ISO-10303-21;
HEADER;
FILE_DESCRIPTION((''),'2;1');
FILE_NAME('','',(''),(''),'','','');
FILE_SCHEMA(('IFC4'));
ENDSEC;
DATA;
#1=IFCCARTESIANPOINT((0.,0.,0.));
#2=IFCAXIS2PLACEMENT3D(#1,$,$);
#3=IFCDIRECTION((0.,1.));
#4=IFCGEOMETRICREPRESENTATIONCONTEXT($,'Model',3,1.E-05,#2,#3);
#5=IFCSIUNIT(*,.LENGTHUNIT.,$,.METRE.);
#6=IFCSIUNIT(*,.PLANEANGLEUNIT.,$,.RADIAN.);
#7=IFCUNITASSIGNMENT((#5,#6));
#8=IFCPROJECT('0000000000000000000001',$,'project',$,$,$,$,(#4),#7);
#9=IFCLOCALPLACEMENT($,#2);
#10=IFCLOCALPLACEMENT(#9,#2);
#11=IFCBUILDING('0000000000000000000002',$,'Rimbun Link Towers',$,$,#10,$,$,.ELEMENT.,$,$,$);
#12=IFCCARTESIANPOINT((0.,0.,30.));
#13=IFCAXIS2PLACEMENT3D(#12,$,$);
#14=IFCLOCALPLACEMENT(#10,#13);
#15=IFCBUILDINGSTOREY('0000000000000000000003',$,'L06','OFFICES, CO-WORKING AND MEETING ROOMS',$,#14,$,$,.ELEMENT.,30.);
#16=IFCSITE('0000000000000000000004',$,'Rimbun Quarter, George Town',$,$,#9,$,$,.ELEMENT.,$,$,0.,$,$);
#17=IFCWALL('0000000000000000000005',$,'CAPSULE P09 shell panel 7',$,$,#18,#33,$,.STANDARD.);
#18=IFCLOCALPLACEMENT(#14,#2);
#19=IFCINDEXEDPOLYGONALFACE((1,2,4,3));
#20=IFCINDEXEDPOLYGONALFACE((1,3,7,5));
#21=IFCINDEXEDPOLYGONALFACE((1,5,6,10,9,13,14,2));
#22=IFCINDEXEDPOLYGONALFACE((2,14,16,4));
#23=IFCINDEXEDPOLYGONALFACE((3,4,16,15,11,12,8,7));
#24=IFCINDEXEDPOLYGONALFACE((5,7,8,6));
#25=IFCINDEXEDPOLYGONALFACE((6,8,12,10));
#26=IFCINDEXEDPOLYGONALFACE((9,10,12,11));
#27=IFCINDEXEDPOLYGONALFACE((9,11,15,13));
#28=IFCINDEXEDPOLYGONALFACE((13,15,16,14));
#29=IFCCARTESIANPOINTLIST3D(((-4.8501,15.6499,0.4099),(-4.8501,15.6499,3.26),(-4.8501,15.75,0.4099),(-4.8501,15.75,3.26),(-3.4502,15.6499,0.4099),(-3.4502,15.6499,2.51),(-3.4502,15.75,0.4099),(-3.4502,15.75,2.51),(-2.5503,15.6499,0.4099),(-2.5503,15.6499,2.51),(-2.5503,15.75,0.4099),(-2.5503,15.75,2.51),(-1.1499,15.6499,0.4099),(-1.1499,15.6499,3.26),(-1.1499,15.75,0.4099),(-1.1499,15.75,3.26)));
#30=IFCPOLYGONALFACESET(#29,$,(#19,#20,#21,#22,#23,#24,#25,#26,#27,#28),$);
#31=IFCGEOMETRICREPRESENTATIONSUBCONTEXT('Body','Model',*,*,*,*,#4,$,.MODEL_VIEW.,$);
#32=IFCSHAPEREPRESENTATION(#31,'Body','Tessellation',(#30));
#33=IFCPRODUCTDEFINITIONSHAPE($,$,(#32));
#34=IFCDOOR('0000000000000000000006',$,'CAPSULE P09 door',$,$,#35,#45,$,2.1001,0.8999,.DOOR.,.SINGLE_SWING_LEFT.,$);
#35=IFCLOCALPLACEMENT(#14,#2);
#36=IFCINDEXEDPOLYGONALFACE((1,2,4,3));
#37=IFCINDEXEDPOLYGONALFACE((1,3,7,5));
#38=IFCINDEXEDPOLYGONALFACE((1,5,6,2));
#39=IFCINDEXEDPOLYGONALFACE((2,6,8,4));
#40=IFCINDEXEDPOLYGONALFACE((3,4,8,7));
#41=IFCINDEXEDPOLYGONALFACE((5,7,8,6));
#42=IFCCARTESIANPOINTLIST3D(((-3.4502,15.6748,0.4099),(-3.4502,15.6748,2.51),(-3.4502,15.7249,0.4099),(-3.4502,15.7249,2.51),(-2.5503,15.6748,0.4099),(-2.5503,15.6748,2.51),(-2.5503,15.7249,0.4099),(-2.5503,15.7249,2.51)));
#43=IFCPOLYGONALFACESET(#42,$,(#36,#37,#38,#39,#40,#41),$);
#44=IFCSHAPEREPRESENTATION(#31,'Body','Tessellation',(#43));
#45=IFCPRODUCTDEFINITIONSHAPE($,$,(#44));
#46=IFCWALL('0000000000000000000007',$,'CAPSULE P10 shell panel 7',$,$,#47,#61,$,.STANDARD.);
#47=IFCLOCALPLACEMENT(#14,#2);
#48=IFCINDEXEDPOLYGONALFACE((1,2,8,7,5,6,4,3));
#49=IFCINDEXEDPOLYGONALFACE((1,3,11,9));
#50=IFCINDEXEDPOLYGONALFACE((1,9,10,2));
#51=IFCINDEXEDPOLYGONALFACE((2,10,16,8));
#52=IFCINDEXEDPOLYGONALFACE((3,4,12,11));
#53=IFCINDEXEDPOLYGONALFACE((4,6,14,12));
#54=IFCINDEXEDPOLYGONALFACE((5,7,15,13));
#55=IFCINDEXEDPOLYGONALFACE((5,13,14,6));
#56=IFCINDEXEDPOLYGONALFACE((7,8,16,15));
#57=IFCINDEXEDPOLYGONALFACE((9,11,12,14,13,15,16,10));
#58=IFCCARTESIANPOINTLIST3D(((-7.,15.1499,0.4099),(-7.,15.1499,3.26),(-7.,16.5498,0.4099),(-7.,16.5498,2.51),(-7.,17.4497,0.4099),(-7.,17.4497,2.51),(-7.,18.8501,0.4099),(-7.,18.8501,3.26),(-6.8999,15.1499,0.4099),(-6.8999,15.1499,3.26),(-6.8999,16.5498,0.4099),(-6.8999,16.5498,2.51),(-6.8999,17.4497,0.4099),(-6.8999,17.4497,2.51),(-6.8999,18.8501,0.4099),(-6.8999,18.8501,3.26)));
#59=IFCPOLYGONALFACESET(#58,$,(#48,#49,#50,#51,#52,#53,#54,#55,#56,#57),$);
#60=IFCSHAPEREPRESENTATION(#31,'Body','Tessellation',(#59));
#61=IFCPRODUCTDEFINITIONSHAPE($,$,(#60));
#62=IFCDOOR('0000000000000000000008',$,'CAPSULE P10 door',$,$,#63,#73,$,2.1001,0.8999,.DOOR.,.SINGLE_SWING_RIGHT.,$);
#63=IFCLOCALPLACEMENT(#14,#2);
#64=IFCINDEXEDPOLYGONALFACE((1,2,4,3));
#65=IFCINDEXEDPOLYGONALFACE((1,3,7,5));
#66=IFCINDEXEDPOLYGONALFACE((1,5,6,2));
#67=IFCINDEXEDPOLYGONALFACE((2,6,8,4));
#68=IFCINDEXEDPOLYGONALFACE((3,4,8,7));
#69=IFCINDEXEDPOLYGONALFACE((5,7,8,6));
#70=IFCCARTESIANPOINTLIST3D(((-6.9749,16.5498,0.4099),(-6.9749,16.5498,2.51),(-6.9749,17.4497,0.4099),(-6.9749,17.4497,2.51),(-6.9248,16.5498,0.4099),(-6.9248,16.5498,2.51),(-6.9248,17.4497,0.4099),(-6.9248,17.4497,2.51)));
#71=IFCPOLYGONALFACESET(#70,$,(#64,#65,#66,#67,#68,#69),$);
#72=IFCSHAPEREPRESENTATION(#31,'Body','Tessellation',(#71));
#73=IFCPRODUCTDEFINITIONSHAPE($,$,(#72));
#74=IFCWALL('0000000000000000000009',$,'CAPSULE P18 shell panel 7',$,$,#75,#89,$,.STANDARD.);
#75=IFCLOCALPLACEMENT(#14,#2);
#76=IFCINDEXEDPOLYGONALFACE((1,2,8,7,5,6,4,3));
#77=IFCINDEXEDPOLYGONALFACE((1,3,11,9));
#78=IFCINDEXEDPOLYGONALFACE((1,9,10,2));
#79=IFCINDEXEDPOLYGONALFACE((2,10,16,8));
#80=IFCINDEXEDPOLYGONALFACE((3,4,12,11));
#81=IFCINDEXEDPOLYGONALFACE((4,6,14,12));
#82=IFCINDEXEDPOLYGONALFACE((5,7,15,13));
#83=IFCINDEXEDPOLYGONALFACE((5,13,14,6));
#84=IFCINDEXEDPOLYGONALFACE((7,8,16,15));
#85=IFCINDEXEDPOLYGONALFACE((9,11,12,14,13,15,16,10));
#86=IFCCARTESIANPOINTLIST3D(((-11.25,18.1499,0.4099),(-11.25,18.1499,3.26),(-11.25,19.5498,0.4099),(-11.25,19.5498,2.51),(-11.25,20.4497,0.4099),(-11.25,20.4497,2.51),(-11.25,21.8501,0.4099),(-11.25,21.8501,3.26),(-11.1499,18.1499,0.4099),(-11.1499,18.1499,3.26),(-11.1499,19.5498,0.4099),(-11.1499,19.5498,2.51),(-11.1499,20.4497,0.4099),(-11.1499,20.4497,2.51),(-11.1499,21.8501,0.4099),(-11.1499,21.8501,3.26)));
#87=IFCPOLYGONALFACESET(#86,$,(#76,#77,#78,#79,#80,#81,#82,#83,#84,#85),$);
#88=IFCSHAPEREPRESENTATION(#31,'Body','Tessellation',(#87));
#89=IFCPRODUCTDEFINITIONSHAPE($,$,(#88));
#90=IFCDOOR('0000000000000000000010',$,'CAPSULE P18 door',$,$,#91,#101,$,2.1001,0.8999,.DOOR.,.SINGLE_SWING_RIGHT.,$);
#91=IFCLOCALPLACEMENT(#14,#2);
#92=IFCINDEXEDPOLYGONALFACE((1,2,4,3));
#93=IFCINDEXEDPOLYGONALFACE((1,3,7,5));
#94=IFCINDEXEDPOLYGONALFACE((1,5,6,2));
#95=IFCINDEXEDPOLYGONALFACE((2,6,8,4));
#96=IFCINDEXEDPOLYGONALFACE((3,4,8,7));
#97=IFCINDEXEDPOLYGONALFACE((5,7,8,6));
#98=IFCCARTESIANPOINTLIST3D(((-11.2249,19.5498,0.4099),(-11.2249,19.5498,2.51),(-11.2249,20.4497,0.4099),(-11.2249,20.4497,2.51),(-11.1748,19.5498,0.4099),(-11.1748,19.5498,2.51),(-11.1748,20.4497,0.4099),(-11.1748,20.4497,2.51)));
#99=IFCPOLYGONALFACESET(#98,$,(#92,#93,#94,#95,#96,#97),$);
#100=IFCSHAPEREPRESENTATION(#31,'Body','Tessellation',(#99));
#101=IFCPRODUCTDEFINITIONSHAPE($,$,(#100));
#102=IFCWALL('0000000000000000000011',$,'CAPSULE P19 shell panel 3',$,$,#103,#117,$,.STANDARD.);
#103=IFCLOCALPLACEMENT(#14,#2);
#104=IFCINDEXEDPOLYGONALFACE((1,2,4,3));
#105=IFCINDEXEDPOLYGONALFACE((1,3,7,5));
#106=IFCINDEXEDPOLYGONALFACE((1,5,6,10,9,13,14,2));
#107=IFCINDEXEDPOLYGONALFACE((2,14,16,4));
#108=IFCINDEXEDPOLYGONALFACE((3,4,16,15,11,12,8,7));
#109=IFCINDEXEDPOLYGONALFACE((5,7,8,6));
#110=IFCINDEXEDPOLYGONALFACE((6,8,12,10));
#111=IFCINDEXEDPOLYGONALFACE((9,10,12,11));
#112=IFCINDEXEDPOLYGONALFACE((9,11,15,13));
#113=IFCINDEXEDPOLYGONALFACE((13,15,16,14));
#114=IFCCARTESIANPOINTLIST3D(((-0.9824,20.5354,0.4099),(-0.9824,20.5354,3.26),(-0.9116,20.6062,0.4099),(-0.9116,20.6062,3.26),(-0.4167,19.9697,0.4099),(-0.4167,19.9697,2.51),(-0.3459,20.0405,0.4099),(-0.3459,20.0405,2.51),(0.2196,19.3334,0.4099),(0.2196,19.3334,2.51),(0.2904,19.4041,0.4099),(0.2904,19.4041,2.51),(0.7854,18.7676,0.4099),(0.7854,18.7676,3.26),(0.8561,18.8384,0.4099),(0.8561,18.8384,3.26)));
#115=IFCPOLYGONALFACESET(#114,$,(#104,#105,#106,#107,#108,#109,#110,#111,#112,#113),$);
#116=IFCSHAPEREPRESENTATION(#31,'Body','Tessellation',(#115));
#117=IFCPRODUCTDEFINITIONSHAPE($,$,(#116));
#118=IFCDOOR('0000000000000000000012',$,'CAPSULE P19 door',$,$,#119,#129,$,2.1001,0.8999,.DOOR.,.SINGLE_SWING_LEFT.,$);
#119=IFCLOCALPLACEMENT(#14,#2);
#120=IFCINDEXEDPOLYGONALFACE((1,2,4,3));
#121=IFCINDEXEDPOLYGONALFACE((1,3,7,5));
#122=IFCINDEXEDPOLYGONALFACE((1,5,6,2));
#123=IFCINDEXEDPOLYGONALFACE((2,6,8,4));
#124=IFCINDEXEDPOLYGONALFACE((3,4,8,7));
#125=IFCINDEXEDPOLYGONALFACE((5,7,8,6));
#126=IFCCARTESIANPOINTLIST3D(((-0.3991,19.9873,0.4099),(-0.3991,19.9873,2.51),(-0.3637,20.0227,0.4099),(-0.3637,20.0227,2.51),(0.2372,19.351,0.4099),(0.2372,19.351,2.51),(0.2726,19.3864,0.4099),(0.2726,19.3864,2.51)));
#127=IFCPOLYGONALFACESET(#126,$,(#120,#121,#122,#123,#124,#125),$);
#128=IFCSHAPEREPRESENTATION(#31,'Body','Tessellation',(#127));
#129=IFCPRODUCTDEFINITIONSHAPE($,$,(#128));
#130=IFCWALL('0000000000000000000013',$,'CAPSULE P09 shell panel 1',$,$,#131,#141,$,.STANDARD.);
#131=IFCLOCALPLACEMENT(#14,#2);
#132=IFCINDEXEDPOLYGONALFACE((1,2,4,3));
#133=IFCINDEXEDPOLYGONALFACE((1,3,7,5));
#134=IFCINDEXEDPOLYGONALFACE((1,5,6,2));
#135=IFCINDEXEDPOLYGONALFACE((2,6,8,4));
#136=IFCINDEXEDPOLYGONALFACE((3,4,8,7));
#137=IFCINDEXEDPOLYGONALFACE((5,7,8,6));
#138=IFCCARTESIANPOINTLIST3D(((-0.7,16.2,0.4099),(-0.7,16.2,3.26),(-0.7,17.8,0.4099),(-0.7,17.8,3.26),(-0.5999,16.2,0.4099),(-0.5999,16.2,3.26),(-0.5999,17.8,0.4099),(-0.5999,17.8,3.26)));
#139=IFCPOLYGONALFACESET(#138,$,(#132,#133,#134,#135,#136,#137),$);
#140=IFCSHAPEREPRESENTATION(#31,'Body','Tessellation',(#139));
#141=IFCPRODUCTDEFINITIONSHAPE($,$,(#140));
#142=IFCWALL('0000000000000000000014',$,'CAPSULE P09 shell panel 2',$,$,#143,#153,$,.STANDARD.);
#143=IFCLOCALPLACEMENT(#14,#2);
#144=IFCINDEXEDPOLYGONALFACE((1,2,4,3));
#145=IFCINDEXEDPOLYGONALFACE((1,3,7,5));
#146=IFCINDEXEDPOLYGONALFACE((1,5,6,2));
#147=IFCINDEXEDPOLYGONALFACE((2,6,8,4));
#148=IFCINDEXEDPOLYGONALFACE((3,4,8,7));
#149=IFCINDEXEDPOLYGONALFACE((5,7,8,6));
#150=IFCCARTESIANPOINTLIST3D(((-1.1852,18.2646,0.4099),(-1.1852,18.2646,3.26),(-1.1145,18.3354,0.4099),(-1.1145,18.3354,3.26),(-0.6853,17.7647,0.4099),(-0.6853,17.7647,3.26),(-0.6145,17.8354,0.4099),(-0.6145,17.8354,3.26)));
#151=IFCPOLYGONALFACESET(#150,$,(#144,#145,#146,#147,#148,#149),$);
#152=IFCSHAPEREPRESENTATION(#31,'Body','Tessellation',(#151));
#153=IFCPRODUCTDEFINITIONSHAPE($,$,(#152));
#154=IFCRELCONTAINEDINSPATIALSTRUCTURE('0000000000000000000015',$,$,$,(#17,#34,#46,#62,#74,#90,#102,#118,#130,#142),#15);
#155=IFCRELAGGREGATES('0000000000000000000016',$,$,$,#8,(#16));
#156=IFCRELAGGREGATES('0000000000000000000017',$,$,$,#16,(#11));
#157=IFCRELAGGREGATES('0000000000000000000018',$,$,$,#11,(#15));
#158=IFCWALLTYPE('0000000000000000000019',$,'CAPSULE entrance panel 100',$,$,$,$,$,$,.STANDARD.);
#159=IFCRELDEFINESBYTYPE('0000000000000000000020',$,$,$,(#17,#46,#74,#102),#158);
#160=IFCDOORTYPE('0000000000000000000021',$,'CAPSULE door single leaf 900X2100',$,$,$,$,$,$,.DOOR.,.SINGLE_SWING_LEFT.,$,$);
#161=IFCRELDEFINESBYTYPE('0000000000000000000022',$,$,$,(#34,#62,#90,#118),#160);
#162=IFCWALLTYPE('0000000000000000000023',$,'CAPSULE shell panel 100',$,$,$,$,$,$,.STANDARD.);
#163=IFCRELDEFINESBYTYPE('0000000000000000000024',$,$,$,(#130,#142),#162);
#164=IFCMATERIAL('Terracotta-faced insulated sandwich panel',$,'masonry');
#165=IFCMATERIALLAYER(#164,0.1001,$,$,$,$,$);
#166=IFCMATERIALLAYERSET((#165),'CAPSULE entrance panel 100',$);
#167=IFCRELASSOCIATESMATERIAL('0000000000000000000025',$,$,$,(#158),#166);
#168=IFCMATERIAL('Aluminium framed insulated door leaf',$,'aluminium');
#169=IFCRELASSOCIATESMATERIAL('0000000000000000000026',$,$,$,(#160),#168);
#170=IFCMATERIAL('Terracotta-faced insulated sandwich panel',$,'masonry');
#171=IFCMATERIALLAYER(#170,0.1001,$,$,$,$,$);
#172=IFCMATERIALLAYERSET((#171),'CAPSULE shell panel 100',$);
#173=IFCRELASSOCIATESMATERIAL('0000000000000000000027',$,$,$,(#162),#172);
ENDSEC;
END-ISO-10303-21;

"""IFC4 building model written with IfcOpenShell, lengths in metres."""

from ifc_helpers import new_model, si_unit, direction, frame, frame_2d, origin, place, context, subcontext, project, spatial, rectangle, extrude, material, layer, layer_set, type_object, element, fill, save


model = new_model("IFC4")

# Units and contexts
model_context = context("Model", 3, precision=1e-05, world=origin(), true_north=direction((0.0, 1.0)))
body_context = subcontext(model_context, "Body", "Model", "MODEL_VIEW")
ifc_project = project(units=[si_unit("LENGTHUNIT", "METRE"), si_unit("PLANEANGLEUNIT", "RADIAN")], contexts=[model_context])

# Site, building, storey
site_placement = place(None, origin())
site = spatial("IfcSite", under=ifc_project, at=site_placement, Name="Rimbun Quarter, George Town", CompositionType="ELEMENT", RefElevation=0.0)
building_placement = place(site_placement, origin())
building = spatial("IfcBuilding", under=site, at=building_placement, Name="Rimbun Link Towers", CompositionType="ELEMENT")
storey_placement = place(building_placement, frame((0.0, 0.0, 30.0)))
storey = spatial("IfcBuildingStorey", under=building, at=storey_placement, Name="L06", Description="OFFICES, CO-WORKING AND MEETING ROOMS", CompositionType="ELEMENT", Elevation=30.0)

# Walls, openings, doors
ifc_material_1 = material(Name="Terracotta-faced insulated sandwich panel", Category="masonry")
ifc_layer_1 = layer(ifc_material_1, 0.1001)
ifc_layer_set_1 = layer_set([ifc_layer_1], Name="CAPSULE entrance panel 100")
wall_type_1 = type_object("IfcWallType", Name="CAPSULE entrance panel 100", PredefinedType="STANDARD", material=ifc_layer_set_1)
wall_1_placement = place(storey_placement, frame((-4.8501, 15.7, 0.4099), z_axis=(0.0, 0.0, 1.0), x_axis=(1.0, 0.0, 0.0)))
wall_1 = element("IfcWall", 1, at=wall_1_placement, inside=storey, type_object=wall_type_1, Name="CAPSULE P09 shell panel 7", PredefinedType="STANDARD", context=body_context, shape_type="SweptSolid", body=[
    extrude(rectangle(XDim=3.7002, YDim=0.1001, at=frame_2d((1.8501, 0.0))), origin(), (0.0, 0.0, 1.0), 2.8501),
])
opening_1_placement = place(wall_1_placement, frame((1.3999, 0.0, 0.0)))
opening_1 = element("IfcOpeningElement", 2, at=opening_1_placement, cuts=wall_1, PredefinedType="OPENING", context=body_context, shape_type="SweptSolid", body=[
    extrude(rectangle(XDim=0.8999, YDim=2.1001, at=frame_2d((0.45, 1.05))), frame((0.0, 0.0601, 0.0), z_axis=(0.0, -1.0, 0.0), x_axis=(1.0, 0.0, 0.0)), (0.0, 0.0, 1.0), 0.1201),
])
ifc_material_2 = material(Name="Aluminium framed insulated door leaf", Category="aluminium")
door_type = type_object("IfcDoorType", Name="CAPSULE door single leaf 900X2100", OperationType="SINGLE_SWING_LEFT", PredefinedType="DOOR", material=ifc_material_2)
door_1_placement = place(opening_1_placement, origin())
door_1 = element("IfcDoor", 3, at=door_1_placement, inside=storey, type_object=door_type, Name="CAPSULE P09 door", OperationType="SINGLE_SWING_LEFT", OverallHeight=2.1001, OverallWidth=0.8999, PredefinedType="DOOR", context=body_context, shape_type="SweptSolid", body=[
    extrude(rectangle(XDim=0.8999, YDim=2.1001, at=frame_2d((0.45, 1.05))), frame((0.0, 0.0249, 0.0), z_axis=(0.0, -1.0, 0.0), x_axis=(1.0, 0.0, 0.0)), (0.0, 0.0, 1.0), 0.05),
])
fill(opening_1, door_1)
wall_2_placement = place(storey_placement, frame((-6.95, 15.1499, 0.4099), z_axis=(0.0, 0.0, 1.0), x_axis=(0.0, 1.0, 0.0)))
wall_2 = element("IfcWall", 4, at=wall_2_placement, inside=storey, type_object=wall_type_1, Name="CAPSULE P10 shell panel 7", PredefinedType="STANDARD", context=body_context, shape_type="SweptSolid", body=[
    extrude(rectangle(XDim=3.7002, YDim=0.1001, at=frame_2d((1.8501, 0.0))), origin(), (0.0, 0.0, 1.0), 2.8501),
])
opening_2_placement = place(wall_2_placement, frame((1.3999, 0.0, 0.0)))
opening_2 = element("IfcOpeningElement", 5, at=opening_2_placement, cuts=wall_2, PredefinedType="OPENING", context=body_context, shape_type="SweptSolid", body=[
    extrude(rectangle(XDim=0.8999, YDim=2.1001, at=frame_2d((0.45, 1.05))), frame((0.0, 0.0601, 0.0), z_axis=(0.0, -1.0, 0.0), x_axis=(1.0, 0.0, 0.0)), (0.0, 0.0, 1.0), 0.1201),
])
door_2_placement = place(opening_2_placement, origin())
door_2 = element("IfcDoor", 6, at=door_2_placement, inside=storey, type_object=door_type, Name="CAPSULE P10 door", OperationType="SINGLE_SWING_RIGHT", OverallHeight=2.1001, OverallWidth=0.8999, PredefinedType="DOOR", context=body_context, shape_type="SweptSolid", body=[
    extrude(rectangle(XDim=0.8999, YDim=2.1001, at=frame_2d((0.45, 1.05))), frame((0.0, 0.0249, 0.0), z_axis=(0.0, -1.0, 0.0), x_axis=(1.0, 0.0, 0.0)), (0.0, 0.0, 1.0), 0.05),
])
fill(opening_2, door_2)
wall_3_placement = place(storey_placement, frame((-11.2, 18.1499, 0.4099), z_axis=(0.0, 0.0, 1.0), x_axis=(0.0, 1.0, 0.0)))
wall_3 = element("IfcWall", 7, at=wall_3_placement, inside=storey, type_object=wall_type_1, Name="CAPSULE P18 shell panel 7", PredefinedType="STANDARD", context=body_context, shape_type="SweptSolid", body=[
    extrude(rectangle(XDim=3.7002, YDim=0.1001, at=frame_2d((1.8501, 0.0))), origin(), (0.0, 0.0, 1.0), 2.8501),
])
opening_3_placement = place(wall_3_placement, frame((1.3999, 0.0, 0.0)))
opening_3 = element("IfcOpeningElement", 8, at=opening_3_placement, cuts=wall_3, PredefinedType="OPENING", context=body_context, shape_type="SweptSolid", body=[
    extrude(rectangle(XDim=0.8999, YDim=2.1001, at=frame_2d((0.45, 1.05))), frame((0.0, 0.0601, 0.0), z_axis=(0.0, -1.0, 0.0), x_axis=(1.0, 0.0, 0.0)), (0.0, 0.0, 1.0), 0.1201),
])
door_3_placement = place(opening_3_placement, origin())
door_3 = element("IfcDoor", 9, at=door_3_placement, inside=storey, type_object=door_type, Name="CAPSULE P18 door", OperationType="SINGLE_SWING_RIGHT", OverallHeight=2.1001, OverallWidth=0.8999, PredefinedType="DOOR", context=body_context, shape_type="SweptSolid", body=[
    extrude(rectangle(XDim=0.8999, YDim=2.1001, at=frame_2d((0.45, 1.05))), frame((0.0, 0.0249, 0.0), z_axis=(0.0, -1.0, 0.0), x_axis=(1.0, 0.0, 0.0)), (0.0, 0.0, 1.0), 0.05),
])
fill(opening_3, door_3)
wall_4_placement = place(storey_placement, frame((-0.947, 20.5708, 0.4099), z_axis=(0.0, 0.0, 1.0), x_axis=(0.707107, -0.707107, 0.0)))
wall_4 = element("IfcWall", 10, at=wall_4_placement, inside=storey, type_object=wall_type_1, Name="CAPSULE P19 shell panel 3", PredefinedType="STANDARD", context=body_context, shape_type="SweptSolid", body=[
    extrude(rectangle(XDim=2.5, YDim=0.1001, at=frame_2d((1.25, 0.0))), origin(), (0.0, 0.0, 1.0), 2.8501),
])
opening_4_placement = place(wall_4_placement, frame((0.8, 0.0, 0.0)))
opening_4 = element("IfcOpeningElement", 11, at=opening_4_placement, cuts=wall_4, PredefinedType="OPENING", context=body_context, shape_type="SweptSolid", body=[
    extrude(rectangle(XDim=0.8999, YDim=2.1001, at=frame_2d((0.45, 1.05))), frame((0.0, 0.0601, 0.0), z_axis=(0.0, -1.0, 0.0), x_axis=(1.0, 0.0, 0.0)), (0.0, 0.0, 1.0), 0.1201),
])
door_4_placement = place(opening_4_placement, origin())
door_4 = element("IfcDoor", 12, at=door_4_placement, inside=storey, type_object=door_type, Name="CAPSULE P19 door", OperationType="SINGLE_SWING_LEFT", OverallHeight=2.1001, OverallWidth=0.8999, PredefinedType="DOOR", context=body_context, shape_type="SweptSolid", body=[
    extrude(rectangle(XDim=0.8999, YDim=2.1001, at=frame_2d((0.45, 1.05))), frame((0.0, 0.0249, 0.0), z_axis=(0.0, -1.0, 0.0), x_axis=(1.0, 0.0, 0.0)), (0.0, 0.0, 1.0), 0.05),
])
fill(opening_4, door_4)

# Walls
ifc_material_3 = material(Name="Terracotta-faced insulated sandwich panel", Category="masonry")
ifc_layer_2 = layer(ifc_material_3, 0.1001)
ifc_layer_set_2 = layer_set([ifc_layer_2], Name="CAPSULE shell panel 100")
wall_type_2 = type_object("IfcWallType", Name="CAPSULE shell panel 100", PredefinedType="STANDARD", material=ifc_layer_set_2)
wall_5_placement = place(storey_placement, frame((-0.6499, 16.2, 0.4099), z_axis=(0.0, 0.0, 1.0), x_axis=(0.0, 1.0, 0.0)))
element("IfcWall", 13, at=wall_5_placement, inside=storey, type_object=wall_type_2, Name="CAPSULE P09 shell panel 1", PredefinedType="STANDARD", context=body_context, shape_type="SweptSolid", body=[
    extrude(rectangle(XDim=1.6001, YDim=0.1001, at=frame_2d((0.8, 0.0))), origin(), (0.0, 0.0, 1.0), 2.8501),
])
wall_6_placement = place(storey_placement, frame((-0.6499, 17.8, 0.4099), z_axis=(0.0, 0.0, 1.0), x_axis=(-0.707107, 0.707107, 0.0)))
element("IfcWall", 14, at=wall_6_placement, inside=storey, type_object=wall_type_2, Name="CAPSULE P09 shell panel 2", PredefinedType="STANDARD", context=body_context, shape_type="SweptSolid", body=[
    extrude(rectangle(XDim=0.707, YDim=0.1001, at=frame_2d((0.3535, 0.0))), origin(), (0.0, 0.0, 1.0), 2.8501),
])

save(model, "model.ifc")
